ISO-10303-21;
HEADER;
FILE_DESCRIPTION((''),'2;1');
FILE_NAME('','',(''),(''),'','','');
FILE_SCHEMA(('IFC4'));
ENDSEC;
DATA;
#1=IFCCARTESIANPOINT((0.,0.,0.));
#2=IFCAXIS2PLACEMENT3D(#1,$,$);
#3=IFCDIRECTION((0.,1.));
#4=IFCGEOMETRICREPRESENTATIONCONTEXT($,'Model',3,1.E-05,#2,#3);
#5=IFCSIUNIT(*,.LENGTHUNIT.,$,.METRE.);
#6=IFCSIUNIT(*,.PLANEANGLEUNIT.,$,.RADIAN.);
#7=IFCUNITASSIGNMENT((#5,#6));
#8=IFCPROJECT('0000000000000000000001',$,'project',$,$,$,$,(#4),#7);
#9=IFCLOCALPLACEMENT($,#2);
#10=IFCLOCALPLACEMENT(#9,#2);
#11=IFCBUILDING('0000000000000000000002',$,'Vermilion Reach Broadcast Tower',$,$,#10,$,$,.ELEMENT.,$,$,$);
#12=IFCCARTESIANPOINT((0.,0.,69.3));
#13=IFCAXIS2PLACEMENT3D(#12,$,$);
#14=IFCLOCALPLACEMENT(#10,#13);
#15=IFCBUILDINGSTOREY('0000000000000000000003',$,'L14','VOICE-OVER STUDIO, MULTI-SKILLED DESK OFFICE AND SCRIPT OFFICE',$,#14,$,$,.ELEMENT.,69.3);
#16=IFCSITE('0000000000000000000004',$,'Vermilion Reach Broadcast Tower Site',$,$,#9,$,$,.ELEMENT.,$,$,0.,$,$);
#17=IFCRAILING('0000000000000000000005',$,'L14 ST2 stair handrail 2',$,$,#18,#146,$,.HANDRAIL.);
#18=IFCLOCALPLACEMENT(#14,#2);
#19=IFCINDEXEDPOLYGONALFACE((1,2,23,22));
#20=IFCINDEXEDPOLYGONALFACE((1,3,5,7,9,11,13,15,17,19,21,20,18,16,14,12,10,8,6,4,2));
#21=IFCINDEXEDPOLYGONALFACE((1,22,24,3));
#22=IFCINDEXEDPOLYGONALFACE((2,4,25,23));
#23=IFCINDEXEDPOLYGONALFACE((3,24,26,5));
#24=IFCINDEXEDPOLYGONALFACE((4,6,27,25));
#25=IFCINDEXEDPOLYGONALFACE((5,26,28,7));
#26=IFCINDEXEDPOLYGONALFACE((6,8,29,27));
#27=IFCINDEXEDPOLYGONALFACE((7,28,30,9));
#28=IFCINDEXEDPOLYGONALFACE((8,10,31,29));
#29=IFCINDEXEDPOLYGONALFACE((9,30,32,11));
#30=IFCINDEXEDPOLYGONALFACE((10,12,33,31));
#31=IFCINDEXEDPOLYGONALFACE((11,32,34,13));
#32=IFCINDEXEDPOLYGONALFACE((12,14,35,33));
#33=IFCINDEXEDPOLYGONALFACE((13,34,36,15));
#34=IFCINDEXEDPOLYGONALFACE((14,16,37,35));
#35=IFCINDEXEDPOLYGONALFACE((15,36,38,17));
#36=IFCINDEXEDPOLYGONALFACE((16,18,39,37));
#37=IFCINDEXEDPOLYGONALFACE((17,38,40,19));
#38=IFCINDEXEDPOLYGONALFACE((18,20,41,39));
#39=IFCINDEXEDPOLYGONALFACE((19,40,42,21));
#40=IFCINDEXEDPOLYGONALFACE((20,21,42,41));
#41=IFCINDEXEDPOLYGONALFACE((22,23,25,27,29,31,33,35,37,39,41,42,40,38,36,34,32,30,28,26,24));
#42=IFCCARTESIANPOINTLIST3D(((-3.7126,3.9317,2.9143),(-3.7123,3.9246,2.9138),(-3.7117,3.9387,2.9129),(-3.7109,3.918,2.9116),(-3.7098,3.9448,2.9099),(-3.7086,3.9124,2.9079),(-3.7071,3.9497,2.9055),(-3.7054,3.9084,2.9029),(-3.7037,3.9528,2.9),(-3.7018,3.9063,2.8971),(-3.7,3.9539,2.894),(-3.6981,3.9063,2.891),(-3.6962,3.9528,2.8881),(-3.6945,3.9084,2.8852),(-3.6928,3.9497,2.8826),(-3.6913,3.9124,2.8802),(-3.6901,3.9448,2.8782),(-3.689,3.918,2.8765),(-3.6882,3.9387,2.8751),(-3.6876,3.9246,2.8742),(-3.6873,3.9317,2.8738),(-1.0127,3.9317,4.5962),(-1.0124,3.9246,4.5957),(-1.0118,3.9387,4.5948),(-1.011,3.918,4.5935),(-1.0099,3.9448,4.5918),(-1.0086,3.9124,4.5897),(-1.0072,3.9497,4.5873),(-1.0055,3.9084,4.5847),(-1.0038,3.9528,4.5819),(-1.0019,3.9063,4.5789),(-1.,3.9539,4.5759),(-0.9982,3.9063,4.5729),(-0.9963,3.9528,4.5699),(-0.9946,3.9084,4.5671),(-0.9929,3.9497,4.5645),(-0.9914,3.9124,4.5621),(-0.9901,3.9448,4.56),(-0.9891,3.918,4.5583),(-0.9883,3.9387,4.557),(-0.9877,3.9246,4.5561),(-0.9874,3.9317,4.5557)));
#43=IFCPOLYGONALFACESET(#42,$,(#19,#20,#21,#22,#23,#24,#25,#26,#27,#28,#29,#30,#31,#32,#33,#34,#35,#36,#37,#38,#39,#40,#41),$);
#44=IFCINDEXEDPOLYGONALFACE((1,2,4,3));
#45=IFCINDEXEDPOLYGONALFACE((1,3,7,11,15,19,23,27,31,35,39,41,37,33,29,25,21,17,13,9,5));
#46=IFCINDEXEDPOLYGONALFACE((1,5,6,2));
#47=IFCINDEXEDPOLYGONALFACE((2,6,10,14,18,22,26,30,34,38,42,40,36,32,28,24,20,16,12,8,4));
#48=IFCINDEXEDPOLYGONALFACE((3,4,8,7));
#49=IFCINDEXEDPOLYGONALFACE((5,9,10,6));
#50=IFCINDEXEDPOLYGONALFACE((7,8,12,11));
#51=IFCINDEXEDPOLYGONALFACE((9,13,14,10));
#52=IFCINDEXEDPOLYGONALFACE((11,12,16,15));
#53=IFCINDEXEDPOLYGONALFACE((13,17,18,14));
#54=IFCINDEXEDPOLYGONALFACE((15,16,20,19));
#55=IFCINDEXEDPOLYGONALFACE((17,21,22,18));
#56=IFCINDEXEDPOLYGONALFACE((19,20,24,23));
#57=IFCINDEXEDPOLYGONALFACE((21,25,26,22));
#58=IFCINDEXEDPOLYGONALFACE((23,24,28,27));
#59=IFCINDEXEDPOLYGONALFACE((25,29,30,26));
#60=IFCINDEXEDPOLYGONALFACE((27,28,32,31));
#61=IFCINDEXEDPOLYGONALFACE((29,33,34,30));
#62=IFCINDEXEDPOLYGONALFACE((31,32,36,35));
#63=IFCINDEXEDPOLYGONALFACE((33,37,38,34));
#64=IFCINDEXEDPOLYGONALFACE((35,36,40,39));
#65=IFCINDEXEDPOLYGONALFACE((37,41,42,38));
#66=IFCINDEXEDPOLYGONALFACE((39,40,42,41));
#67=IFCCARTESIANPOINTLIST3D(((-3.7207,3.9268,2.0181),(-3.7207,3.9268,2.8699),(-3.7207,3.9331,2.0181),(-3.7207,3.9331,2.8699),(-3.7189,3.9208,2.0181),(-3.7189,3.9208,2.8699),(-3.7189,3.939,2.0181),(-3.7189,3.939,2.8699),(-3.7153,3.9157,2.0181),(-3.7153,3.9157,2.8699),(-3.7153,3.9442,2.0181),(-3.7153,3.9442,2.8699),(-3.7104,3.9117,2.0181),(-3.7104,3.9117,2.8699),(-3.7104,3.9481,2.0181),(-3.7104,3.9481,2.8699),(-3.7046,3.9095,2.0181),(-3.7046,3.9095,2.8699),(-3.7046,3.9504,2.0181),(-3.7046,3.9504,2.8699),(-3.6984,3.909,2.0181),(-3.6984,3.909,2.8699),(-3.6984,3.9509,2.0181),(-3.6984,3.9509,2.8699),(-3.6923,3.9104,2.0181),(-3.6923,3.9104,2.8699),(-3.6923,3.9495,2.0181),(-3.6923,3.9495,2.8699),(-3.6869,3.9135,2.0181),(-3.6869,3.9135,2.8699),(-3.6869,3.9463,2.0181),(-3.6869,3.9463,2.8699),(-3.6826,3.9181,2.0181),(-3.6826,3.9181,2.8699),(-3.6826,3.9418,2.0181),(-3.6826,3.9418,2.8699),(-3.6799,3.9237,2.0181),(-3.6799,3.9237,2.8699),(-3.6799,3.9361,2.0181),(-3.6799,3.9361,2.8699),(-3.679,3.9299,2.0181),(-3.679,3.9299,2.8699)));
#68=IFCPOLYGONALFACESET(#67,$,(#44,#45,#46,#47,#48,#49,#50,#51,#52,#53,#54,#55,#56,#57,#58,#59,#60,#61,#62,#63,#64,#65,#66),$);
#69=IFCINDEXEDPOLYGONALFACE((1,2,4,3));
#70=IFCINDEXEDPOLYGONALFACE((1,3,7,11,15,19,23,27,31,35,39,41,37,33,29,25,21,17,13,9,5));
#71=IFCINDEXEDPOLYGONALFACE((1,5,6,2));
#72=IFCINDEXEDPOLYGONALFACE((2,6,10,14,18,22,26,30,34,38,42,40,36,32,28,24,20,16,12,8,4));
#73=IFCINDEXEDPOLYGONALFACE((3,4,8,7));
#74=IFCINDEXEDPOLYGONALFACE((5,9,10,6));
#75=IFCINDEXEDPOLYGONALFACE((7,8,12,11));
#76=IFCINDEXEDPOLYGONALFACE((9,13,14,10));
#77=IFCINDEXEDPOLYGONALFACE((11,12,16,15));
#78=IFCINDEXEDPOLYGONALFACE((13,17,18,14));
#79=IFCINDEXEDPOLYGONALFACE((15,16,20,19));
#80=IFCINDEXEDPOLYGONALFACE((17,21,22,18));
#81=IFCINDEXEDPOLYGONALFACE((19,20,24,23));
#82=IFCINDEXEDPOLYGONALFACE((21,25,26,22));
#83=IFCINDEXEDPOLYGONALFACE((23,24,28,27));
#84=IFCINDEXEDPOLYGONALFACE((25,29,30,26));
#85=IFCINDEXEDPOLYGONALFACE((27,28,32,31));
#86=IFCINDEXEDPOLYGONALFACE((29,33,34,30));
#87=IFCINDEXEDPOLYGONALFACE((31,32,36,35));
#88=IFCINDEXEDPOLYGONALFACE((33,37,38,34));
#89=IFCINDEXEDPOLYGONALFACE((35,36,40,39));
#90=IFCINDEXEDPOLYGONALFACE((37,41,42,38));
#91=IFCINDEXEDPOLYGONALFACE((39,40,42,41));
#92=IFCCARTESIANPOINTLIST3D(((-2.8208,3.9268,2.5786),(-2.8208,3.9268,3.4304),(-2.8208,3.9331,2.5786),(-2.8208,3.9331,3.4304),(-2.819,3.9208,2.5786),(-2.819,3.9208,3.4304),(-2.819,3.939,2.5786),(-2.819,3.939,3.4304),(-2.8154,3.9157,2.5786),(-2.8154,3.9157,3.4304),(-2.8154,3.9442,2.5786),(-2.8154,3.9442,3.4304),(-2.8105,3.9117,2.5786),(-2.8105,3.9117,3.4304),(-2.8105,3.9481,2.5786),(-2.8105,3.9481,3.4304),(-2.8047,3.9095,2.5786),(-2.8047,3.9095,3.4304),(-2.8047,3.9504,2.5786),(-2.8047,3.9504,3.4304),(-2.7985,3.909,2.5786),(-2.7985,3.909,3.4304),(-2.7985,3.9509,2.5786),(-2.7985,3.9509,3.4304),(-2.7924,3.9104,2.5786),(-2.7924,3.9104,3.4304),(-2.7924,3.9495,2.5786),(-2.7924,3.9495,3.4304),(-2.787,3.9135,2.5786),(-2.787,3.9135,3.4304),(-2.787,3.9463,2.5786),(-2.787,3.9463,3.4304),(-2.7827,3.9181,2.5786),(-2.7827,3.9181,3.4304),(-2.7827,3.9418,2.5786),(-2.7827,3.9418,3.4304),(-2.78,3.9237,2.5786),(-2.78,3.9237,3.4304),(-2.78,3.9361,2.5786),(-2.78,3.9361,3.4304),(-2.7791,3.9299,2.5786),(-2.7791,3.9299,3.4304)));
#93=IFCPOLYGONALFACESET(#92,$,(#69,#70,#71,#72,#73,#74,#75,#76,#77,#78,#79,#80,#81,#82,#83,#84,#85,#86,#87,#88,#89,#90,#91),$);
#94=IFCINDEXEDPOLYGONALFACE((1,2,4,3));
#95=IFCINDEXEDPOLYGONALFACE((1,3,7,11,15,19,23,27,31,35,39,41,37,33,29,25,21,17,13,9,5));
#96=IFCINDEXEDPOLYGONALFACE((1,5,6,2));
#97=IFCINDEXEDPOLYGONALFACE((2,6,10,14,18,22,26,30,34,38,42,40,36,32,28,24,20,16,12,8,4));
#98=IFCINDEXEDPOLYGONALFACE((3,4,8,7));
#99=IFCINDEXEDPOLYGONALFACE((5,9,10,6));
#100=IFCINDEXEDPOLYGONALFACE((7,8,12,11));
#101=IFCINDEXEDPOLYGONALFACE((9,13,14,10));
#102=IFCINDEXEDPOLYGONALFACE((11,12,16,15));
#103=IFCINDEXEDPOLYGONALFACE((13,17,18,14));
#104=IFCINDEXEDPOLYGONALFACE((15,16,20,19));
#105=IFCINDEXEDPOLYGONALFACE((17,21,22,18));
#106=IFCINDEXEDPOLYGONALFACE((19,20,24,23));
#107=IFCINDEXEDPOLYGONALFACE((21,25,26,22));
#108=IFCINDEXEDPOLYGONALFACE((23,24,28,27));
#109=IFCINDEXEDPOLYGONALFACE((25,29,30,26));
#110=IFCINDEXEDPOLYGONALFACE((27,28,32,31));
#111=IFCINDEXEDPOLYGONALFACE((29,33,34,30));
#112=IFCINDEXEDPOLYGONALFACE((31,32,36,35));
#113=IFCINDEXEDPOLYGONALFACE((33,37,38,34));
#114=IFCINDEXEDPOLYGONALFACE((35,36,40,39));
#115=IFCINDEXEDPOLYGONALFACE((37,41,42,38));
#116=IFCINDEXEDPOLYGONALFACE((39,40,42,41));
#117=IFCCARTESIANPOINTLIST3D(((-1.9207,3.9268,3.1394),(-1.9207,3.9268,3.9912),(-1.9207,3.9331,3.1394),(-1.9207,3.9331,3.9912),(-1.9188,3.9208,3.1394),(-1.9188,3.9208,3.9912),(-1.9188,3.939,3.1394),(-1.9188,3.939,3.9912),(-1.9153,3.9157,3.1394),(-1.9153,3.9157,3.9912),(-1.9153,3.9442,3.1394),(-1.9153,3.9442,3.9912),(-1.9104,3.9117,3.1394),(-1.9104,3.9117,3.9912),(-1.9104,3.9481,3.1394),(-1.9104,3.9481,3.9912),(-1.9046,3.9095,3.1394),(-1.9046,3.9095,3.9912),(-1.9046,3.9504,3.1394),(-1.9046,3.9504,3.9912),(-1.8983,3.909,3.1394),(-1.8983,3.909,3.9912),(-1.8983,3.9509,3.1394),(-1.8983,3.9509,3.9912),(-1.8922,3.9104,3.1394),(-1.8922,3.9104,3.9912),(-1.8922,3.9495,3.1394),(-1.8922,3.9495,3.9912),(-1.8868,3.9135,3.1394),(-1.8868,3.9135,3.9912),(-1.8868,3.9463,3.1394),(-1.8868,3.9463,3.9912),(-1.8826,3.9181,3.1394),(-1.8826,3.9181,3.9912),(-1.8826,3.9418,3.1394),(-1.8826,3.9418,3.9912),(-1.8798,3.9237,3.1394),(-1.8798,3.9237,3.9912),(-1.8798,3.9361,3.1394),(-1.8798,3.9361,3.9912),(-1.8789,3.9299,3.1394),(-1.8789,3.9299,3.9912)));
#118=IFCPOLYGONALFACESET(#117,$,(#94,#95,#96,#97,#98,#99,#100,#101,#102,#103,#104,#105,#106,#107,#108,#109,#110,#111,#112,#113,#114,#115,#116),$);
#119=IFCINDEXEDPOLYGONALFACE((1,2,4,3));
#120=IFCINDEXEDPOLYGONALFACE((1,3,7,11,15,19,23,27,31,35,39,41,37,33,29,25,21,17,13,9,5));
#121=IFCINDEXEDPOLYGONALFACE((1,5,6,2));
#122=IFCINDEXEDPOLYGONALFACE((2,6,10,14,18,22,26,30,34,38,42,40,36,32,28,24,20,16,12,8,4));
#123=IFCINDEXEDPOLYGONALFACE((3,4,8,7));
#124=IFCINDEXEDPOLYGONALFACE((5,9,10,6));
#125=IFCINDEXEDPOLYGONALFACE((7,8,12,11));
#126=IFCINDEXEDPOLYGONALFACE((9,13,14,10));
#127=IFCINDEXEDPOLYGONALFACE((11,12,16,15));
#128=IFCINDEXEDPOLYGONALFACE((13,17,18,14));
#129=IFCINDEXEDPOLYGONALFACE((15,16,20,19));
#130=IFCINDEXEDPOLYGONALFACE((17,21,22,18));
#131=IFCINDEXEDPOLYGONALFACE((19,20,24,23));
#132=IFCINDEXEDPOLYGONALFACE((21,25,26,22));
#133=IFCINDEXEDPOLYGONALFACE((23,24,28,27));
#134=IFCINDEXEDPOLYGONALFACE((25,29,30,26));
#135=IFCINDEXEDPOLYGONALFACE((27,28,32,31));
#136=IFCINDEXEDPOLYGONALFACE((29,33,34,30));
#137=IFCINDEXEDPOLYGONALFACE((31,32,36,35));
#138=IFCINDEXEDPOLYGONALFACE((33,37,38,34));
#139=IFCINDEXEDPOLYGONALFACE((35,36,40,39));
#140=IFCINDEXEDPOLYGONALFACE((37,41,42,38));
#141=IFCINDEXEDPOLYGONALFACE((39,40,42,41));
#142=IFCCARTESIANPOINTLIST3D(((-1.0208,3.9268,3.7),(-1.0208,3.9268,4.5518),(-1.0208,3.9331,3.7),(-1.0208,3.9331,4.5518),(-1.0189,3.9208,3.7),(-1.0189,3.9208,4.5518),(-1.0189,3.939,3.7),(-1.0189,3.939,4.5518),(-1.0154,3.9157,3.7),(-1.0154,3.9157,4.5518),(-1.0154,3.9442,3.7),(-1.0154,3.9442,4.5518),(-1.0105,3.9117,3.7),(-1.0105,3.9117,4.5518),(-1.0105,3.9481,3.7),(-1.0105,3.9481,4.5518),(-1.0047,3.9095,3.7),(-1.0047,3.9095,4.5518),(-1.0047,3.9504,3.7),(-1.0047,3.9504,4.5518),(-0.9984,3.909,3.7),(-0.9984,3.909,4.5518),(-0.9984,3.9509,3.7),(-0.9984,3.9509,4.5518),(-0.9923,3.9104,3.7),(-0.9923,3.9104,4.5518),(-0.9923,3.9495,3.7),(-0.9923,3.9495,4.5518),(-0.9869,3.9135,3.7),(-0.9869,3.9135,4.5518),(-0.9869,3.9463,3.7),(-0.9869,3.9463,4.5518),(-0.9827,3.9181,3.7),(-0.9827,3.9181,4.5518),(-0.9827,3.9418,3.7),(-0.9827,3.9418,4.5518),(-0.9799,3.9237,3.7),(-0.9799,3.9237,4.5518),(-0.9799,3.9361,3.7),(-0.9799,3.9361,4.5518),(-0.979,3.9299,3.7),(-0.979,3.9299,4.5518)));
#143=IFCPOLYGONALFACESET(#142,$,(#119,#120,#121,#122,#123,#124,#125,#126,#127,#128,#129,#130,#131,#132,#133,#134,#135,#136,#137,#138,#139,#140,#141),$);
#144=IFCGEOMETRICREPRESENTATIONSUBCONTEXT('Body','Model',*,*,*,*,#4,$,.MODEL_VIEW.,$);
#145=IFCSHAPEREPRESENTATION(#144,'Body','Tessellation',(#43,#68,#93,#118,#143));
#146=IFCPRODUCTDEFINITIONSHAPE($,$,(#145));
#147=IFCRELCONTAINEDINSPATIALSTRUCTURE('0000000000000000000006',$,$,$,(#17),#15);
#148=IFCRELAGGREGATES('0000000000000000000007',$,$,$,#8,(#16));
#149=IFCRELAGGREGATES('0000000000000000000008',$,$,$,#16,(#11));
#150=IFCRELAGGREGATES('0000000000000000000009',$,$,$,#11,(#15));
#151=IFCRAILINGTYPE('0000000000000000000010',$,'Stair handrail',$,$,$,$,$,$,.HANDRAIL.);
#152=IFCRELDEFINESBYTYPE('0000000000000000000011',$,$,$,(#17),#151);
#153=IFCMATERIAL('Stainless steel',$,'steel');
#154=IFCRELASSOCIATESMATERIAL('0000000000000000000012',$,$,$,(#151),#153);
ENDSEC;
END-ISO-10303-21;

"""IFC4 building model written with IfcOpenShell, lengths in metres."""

from ifc_helpers import new_model, si_unit, direction, frame, origin, origin_2d, place, context, subcontext, project, spatial, circle, extrude, material, type_object, element, save


model = new_model("IFC4")

# Units and contexts
model_context = context("Model", 3, precision=1e-05, world=origin(), true_north=direction((0.0, 1.0)))
body_context = subcontext(model_context, "Body", "Model", "MODEL_VIEW")
ifc_project = project(units=[si_unit("LENGTHUNIT", "METRE"), si_unit("PLANEANGLEUNIT", "RADIAN")], contexts=[model_context])

# Site, building, storey
site_placement = place(None, origin())
site = spatial("IfcSite", under=ifc_project, at=site_placement, Name="Vermilion Reach Broadcast Tower Site", CompositionType="ELEMENT", RefElevation=0.0)
building_placement = place(site_placement, origin())
building = spatial("IfcBuilding", under=site, at=building_placement, Name="Vermilion Reach Broadcast Tower", CompositionType="ELEMENT")
storey_placement = place(building_placement, frame((0.0, 0.0, 69.3)))
storey = spatial("IfcBuildingStorey", under=building, at=storey_placement, Name="L14", Description="VOICE-OVER STUDIO, MULTI-SKILLED DESK OFFICE AND SCRIPT OFFICE", CompositionType="ELEMENT", Elevation=69.3)

# Railing
ifc_material_1 = material(Name="Stainless steel", Category="steel")
railing_type_1 = type_object("IfcRailingType", Name="Stair handrail", PredefinedType="HANDRAIL", material=ifc_material_1)
railing_1_placement = place(storey_placement, frame((-3.7, 3.9299, 2.0181)))
element("IfcRailing", 1, at=railing_1_placement, inside=storey, type_object=railing_type_1, Name="L14 ST2 stair handrail 2", PredefinedType="HANDRAIL", context=body_context, shape_type="SweptSolid", body=[
    extrude(circle(Radius=0.0239, at=origin_2d()), frame((0.0, 0.0, 0.876), z_axis=(0.848786, 0.0, 0.528736), x_axis=(0.0, 1.0, 0.0)), (0.0, 0.0, 1.0), 3.1809),
    extrude(circle(Radius=0.021, at=origin_2d()), origin(), (0.0, 0.0, 1.0), 0.8518),
    extrude(circle(Radius=0.021, at=origin_2d()), frame((0.8999, 0.0, 0.5605)), (0.0, 0.0, 1.0), 0.8518),
    extrude(circle(Radius=0.021, at=origin_2d()), frame((1.8, 0.0, 1.1213)), (0.0, 0.0, 1.0), 0.8518),
    extrude(circle(Radius=0.021, at=origin_2d()), frame((2.7, 0.0, 1.6819)), (0.0, 0.0, 1.0), 0.8518),
])

save(model, "model.ifc")
